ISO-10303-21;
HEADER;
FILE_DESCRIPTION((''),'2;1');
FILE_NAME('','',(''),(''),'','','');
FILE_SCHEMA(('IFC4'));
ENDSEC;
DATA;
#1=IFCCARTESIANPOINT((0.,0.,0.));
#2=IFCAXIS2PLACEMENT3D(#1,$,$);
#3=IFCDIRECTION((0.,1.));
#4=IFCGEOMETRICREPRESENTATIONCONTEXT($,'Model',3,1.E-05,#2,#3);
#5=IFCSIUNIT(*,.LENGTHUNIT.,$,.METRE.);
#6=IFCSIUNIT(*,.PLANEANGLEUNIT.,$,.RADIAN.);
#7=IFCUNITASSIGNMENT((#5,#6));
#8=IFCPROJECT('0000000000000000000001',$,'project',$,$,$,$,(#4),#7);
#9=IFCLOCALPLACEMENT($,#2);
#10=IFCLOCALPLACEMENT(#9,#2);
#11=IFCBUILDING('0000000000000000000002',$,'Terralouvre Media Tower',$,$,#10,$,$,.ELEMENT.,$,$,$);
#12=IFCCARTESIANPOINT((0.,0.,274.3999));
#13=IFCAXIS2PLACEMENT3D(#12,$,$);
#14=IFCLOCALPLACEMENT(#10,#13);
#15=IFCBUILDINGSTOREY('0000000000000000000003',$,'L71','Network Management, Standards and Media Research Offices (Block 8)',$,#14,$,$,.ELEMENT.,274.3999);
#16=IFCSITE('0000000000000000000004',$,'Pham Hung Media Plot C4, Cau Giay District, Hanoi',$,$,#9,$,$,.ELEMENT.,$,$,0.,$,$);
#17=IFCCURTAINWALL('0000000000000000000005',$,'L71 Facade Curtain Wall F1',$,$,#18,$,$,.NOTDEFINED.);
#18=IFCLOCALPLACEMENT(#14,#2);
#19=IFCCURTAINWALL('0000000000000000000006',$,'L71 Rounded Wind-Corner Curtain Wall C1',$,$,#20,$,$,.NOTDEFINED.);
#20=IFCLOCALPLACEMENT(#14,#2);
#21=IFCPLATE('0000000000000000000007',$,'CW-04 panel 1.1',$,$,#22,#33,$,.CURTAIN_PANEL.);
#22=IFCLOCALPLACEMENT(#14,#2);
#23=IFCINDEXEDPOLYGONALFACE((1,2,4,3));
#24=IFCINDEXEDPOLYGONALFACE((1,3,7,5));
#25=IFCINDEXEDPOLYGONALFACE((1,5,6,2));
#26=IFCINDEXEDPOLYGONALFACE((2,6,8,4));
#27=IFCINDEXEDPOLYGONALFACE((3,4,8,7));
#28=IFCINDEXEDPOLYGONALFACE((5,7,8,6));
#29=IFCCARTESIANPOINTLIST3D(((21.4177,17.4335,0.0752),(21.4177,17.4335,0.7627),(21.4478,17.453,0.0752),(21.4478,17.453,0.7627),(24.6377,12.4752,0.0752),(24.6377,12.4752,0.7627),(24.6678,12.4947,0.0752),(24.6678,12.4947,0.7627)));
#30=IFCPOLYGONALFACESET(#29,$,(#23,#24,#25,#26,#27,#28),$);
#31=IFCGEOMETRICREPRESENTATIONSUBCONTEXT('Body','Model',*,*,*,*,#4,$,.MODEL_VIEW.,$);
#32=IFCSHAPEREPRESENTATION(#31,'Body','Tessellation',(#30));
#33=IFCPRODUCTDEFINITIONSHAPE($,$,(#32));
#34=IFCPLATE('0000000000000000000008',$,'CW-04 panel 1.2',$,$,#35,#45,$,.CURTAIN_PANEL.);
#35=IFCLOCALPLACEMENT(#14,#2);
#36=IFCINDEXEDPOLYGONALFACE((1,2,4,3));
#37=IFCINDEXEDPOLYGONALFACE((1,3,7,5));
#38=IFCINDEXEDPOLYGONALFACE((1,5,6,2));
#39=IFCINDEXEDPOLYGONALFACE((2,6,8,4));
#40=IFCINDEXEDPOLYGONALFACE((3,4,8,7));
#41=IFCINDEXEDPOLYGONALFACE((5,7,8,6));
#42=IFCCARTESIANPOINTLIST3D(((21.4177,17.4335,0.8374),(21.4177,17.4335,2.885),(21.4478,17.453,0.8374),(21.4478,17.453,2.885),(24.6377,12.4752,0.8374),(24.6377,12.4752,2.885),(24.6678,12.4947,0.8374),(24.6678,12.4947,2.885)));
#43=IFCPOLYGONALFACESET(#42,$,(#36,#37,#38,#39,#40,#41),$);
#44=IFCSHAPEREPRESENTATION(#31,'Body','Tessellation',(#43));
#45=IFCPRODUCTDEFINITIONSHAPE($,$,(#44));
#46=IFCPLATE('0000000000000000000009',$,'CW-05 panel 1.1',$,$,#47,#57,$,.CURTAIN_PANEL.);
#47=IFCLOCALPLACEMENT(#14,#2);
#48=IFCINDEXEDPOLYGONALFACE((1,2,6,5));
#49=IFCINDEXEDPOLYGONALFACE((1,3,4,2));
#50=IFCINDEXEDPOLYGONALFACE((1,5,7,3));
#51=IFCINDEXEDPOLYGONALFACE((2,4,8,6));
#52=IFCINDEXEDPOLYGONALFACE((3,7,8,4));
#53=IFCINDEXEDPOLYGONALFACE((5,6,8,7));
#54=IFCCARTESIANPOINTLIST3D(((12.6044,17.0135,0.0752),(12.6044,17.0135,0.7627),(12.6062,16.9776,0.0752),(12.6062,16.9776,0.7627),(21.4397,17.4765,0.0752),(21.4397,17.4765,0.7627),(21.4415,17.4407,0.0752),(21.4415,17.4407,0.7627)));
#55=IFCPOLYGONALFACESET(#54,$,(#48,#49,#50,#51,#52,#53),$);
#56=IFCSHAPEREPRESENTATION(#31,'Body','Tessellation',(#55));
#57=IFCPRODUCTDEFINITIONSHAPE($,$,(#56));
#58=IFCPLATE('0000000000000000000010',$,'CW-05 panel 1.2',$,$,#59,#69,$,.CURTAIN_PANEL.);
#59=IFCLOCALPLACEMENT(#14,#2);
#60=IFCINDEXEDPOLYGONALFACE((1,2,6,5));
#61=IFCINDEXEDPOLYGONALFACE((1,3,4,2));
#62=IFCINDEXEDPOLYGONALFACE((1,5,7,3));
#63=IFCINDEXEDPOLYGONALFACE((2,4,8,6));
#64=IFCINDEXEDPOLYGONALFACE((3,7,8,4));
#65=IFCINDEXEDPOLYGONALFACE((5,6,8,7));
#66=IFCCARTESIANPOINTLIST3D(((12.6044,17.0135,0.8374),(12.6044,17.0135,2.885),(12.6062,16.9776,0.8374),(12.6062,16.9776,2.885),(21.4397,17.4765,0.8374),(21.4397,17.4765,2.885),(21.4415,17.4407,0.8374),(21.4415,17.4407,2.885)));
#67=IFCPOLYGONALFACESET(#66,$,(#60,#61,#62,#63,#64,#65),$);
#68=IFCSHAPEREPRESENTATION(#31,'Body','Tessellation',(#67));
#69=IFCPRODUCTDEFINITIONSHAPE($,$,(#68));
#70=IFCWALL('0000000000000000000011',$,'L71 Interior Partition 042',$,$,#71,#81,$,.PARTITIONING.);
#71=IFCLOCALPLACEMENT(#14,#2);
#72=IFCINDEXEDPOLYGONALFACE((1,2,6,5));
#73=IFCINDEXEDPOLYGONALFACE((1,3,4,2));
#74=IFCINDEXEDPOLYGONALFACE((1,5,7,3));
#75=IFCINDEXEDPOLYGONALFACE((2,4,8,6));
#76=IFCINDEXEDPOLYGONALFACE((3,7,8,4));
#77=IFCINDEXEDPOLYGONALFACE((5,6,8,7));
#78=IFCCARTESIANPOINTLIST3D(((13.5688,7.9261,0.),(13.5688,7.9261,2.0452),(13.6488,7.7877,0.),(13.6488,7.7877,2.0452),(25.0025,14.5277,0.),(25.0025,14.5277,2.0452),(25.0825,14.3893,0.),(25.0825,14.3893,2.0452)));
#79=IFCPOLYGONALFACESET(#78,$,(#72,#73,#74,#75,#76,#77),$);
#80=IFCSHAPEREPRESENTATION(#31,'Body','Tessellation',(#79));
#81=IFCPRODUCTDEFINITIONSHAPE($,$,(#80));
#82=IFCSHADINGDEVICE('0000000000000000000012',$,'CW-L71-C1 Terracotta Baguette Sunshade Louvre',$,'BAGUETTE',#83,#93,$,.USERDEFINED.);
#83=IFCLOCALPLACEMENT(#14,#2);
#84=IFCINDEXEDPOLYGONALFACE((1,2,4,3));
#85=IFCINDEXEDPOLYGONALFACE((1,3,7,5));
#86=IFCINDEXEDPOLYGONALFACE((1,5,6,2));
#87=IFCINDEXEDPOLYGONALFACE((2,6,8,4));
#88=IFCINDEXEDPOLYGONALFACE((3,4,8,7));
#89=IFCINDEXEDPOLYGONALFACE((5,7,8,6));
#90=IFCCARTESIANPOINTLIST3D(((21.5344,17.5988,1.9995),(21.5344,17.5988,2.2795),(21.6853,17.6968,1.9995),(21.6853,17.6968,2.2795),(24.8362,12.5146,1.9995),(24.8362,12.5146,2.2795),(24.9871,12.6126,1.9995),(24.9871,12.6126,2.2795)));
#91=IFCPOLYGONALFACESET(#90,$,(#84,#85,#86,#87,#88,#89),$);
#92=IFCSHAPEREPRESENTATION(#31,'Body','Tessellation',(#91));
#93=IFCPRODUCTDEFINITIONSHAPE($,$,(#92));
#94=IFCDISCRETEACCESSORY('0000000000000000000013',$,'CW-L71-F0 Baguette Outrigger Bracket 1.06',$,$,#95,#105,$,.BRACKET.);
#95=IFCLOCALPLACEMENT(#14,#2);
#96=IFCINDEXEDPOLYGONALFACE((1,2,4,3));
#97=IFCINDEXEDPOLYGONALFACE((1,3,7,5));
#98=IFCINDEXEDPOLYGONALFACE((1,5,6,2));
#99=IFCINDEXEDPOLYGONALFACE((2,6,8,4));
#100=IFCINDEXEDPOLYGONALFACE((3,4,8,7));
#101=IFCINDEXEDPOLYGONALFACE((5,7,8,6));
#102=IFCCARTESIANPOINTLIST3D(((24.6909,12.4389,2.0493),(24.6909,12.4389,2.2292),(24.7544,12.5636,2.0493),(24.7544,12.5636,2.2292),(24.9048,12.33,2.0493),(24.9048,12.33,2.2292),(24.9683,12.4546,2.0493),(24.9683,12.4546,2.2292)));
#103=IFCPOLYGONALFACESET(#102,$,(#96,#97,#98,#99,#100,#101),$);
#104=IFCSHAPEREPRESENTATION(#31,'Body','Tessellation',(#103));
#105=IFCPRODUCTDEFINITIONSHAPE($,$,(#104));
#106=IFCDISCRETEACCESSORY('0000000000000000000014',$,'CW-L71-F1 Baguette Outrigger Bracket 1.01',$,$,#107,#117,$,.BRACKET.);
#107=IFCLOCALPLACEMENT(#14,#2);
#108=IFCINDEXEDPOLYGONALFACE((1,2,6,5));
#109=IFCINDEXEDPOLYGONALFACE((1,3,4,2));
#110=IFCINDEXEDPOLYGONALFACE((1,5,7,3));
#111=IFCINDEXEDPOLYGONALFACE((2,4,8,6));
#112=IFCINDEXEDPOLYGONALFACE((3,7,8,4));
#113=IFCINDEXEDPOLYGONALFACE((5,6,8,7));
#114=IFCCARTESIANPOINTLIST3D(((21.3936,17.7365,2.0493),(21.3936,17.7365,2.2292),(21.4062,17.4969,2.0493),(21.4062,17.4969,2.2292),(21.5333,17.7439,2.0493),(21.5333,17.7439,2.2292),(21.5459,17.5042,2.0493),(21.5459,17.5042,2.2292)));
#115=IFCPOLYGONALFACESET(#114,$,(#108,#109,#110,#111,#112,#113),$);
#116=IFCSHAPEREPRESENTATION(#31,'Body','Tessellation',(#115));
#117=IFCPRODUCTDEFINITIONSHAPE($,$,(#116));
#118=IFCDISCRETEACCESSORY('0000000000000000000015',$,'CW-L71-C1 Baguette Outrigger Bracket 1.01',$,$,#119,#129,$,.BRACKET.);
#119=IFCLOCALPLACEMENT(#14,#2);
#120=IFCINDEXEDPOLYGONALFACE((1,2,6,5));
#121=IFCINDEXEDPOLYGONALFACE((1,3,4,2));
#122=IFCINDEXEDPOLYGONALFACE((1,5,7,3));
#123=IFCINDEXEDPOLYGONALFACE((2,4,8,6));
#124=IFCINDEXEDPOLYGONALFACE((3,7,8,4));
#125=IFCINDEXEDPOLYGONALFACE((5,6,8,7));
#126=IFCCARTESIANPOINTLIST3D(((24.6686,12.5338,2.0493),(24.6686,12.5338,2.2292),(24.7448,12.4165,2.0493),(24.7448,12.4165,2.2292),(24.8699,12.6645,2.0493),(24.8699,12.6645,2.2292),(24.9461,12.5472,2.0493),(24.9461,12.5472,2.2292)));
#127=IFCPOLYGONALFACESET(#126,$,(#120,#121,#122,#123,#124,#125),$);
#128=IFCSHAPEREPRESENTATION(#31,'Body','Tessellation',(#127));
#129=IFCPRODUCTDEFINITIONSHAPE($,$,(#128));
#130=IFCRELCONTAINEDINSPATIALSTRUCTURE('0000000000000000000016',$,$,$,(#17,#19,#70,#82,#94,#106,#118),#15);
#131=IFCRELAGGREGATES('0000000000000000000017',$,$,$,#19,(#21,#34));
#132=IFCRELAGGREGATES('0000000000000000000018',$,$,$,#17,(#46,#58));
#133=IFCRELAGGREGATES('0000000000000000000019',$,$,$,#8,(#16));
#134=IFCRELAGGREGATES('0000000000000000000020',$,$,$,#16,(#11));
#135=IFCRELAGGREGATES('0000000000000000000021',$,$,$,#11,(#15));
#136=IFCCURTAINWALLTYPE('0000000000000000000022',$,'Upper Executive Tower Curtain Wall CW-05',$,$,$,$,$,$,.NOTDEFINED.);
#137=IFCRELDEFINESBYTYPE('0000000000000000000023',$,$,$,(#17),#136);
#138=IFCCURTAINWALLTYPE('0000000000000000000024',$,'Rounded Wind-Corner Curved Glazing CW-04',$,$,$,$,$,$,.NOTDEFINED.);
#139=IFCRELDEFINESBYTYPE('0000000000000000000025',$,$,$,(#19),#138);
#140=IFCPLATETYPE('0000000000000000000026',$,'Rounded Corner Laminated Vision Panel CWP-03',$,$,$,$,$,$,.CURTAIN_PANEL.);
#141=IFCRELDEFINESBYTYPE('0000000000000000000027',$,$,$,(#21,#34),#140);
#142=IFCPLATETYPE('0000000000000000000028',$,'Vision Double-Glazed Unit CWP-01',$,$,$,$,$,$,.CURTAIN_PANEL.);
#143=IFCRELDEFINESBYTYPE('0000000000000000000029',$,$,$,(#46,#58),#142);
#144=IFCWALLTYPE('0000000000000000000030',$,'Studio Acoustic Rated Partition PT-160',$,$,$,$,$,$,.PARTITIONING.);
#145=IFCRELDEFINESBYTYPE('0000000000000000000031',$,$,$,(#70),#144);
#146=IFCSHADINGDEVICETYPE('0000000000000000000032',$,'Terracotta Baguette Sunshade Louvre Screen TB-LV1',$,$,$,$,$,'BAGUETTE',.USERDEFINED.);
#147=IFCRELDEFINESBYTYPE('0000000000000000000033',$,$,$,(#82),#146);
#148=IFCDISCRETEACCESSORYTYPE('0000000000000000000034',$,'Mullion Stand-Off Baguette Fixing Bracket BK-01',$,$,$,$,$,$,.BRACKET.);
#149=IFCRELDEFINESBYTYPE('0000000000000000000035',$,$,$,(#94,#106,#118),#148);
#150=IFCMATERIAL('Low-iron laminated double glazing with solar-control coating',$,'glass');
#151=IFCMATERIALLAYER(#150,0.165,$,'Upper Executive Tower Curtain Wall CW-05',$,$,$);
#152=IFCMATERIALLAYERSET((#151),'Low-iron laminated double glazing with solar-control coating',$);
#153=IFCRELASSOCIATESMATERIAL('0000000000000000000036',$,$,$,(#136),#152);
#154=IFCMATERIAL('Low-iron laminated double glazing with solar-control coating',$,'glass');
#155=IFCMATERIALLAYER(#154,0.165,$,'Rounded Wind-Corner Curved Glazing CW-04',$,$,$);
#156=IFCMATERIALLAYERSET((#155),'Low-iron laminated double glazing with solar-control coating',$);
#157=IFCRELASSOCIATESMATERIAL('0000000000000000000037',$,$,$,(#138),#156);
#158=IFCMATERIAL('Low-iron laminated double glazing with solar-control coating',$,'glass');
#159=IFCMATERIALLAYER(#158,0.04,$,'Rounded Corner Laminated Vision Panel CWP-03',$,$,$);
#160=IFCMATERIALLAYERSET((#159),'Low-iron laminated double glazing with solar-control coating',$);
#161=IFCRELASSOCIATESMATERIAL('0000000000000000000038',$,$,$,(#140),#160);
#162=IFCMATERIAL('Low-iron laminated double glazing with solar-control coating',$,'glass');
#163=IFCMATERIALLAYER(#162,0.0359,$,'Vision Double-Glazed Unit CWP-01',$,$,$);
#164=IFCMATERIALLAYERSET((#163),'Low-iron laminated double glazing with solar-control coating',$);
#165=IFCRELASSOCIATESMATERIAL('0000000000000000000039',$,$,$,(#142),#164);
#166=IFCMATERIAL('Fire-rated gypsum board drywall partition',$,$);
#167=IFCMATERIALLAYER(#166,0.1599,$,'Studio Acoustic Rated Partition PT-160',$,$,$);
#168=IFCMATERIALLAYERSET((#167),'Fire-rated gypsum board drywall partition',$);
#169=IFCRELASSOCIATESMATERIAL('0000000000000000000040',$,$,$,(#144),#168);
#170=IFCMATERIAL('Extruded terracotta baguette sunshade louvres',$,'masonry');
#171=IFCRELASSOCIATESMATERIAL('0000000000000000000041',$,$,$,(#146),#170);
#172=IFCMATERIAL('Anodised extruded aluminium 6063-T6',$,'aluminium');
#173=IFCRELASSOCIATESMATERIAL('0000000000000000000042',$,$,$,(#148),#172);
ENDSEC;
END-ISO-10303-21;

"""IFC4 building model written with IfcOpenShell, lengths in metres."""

from ifc_helpers import new_model, si_unit, direction, frame, frame_2d, origin, origin_2d, place, context, subcontext, project, spatial, rectangle, extrude, material, layer, layer_set, type_object, element, aggregate, save


model = new_model("IFC4")

# Units and contexts
model_context = context("Model", 3, precision=1e-05, world=origin(), true_north=direction((0.0, 1.0)))
body_context = subcontext(model_context, "Body", "Model", "MODEL_VIEW")
ifc_project = project(units=[si_unit("LENGTHUNIT", "METRE"), si_unit("PLANEANGLEUNIT", "RADIAN")], contexts=[model_context])

# Site, building, storey
site_placement = place(None, origin())
site = spatial("IfcSite", under=ifc_project, at=site_placement, Name="Pham Hung Media Plot C4, Cau Giay District, Hanoi", CompositionType="ELEMENT", RefElevation=0.0)
building_placement = place(site_placement, origin())
building = spatial("IfcBuilding", under=site, at=building_placement, Name="Terralouvre Media Tower", CompositionType="ELEMENT")
storey_placement = place(building_placement, frame((0.0, 0.0, 274.3999)))
storey = spatial("IfcBuildingStorey", under=building, at=storey_placement, Name="L71", Description="Network Management, Standards and Media Research Offices (Block 8)", CompositionType="ELEMENT", Elevation=274.3999)

# Curtain walls
ifc_material_1 = material(Name="Low-iron laminated double glazing with solar-control coating", Category="glass")
ifc_layer_1 = layer(ifc_material_1, 0.165, Name="Upper Executive Tower Curtain Wall CW-05")
ifc_layer_set_1 = layer_set([ifc_layer_1], Name="Low-iron laminated double glazing with solar-control coating")
curtain_wall_type_1 = type_object("IfcCurtainWallType", Name="Upper Executive Tower Curtain Wall CW-05", PredefinedType="NOTDEFINED", material=ifc_layer_set_1)
curtain_wall_1_placement = place(storey_placement, origin())
curtain_wall_1 = element("IfcCurtainWall", 1, at=curtain_wall_1_placement, inside=storey, type_object=curtain_wall_type_1, Name="L71 Facade Curtain Wall F1", PredefinedType="NOTDEFINED")
ifc_material_2 = material(Name="Low-iron laminated double glazing with solar-control coating", Category="glass")
ifc_layer_2 = layer(ifc_material_2, 0.165, Name="Rounded Wind-Corner Curved Glazing CW-04")
ifc_layer_set_2 = layer_set([ifc_layer_2], Name="Low-iron laminated double glazing with solar-control coating")
curtain_wall_type_2 = type_object("IfcCurtainWallType", Name="Rounded Wind-Corner Curved Glazing CW-04", PredefinedType="NOTDEFINED", material=ifc_layer_set_2)
curtain_wall_2_placement = place(storey_placement, origin())
curtain_wall_2 = element("IfcCurtainWall", 2, at=curtain_wall_2_placement, inside=storey, type_object=curtain_wall_type_2, Name="L71 Rounded Wind-Corner Curtain Wall C1", PredefinedType="NOTDEFINED")

# Plates
ifc_material_3 = material(Name="Low-iron laminated double glazing with solar-control coating", Category="glass")
ifc_layer_3 = layer(ifc_material_3, 0.04, Name="Rounded Corner Laminated Vision Panel CWP-03")
ifc_layer_set_3 = layer_set([ifc_layer_3], Name="Low-iron laminated double glazing with solar-control coating")
plate_type_1 = type_object("IfcPlateType", Name="Rounded Corner Laminated Vision Panel CWP-03", PredefinedType="CURTAIN_PANEL", material=ifc_layer_set_3)
plate_1_placement = place(storey_placement, frame((23.0427, 14.9641, 0.0752), z_axis=(0.0, 0.0, 1.0), x_axis=(-0.544639, 0.83867, 0.0)))
plate_1 = element("IfcPlate", 3, at=plate_1_placement, type_object=plate_type_1, Name="CW-04 panel 1.1", PredefinedType="CURTAIN_PANEL", context=body_context, shape_type="SweptSolid", body=[
    extrude(rectangle(XDim=5.9121, YDim=0.0359, at=origin_2d()), origin(), (0.0, 0.0, 1.0), 0.6875),
])
plate_2_placement = place(storey_placement, frame((23.0427, 14.9641, 0.8374), z_axis=(0.0, 0.0, 1.0), x_axis=(-0.544639, 0.83867, 0.0)))
plate_2 = element("IfcPlate", 4, at=plate_2_placement, type_object=plate_type_1, Name="CW-04 panel 1.2", PredefinedType="CURTAIN_PANEL", context=body_context, shape_type="SweptSolid", body=[
    extrude(rectangle(XDim=5.9121, YDim=0.0359, at=origin_2d()), origin(), (0.0, 0.0, 1.0), 2.0476),
])
aggregate(curtain_wall_2, [plate_1, plate_2])
ifc_material_4 = material(Name="Low-iron laminated double glazing with solar-control coating", Category="glass")
ifc_layer_4 = layer(ifc_material_4, 0.0359, Name="Vision Double-Glazed Unit CWP-01")
ifc_layer_set_4 = layer_set([ifc_layer_4], Name="Low-iron laminated double glazing with solar-control coating")
plate_type_2 = type_object("IfcPlateType", Name="Vision Double-Glazed Unit CWP-01", PredefinedType="CURTAIN_PANEL", material=ifc_layer_set_4)
plate_3_placement = place(storey_placement, frame((17.0229, 17.2271, 0.0752), z_axis=(0.0, 0.0, 1.0), x_axis=(-0.99863, -0.052336, 0.0)))
plate_3 = element("IfcPlate", 5, at=plate_3_placement, type_object=plate_type_2, Name="CW-05 panel 1.1", PredefinedType="CURTAIN_PANEL", context=body_context, shape_type="SweptSolid", body=[
    extrude(rectangle(XDim=8.8474, YDim=0.0359, at=origin_2d()), origin(), (0.0, 0.0, 1.0), 0.6875),
])
plate_4_placement = place(storey_placement, frame((17.0229, 17.2271, 0.8374), z_axis=(0.0, 0.0, 1.0), x_axis=(-0.99863, -0.052336, 0.0)))
plate_4 = element("IfcPlate", 6, at=plate_4_placement, type_object=plate_type_2, Name="CW-05 panel 1.2", PredefinedType="CURTAIN_PANEL", context=body_context, shape_type="SweptSolid", body=[
    extrude(rectangle(XDim=8.8474, YDim=0.0359, at=origin_2d()), origin(), (0.0, 0.0, 1.0), 2.0476),
])
aggregate(curtain_wall_1, [plate_3, plate_4])

# Wall
ifc_material_5 = material(Name="Fire-rated gypsum board drywall partition")
ifc_layer_5 = layer(ifc_material_5, 0.1599, Name="Studio Acoustic Rated Partition PT-160")
ifc_layer_set_5 = layer_set([ifc_layer_5], Name="Fire-rated gypsum board drywall partition")
wall_type = type_object("IfcWallType", Name="Studio Acoustic Rated Partition PT-160", PredefinedType="PARTITIONING", material=ifc_layer_set_5)
wall_placement = place(storey_placement, frame((25.0425, 14.4585, 0.0), z_axis=(0.0, 0.0, 1.0), x_axis=(-0.866013, -0.500021, 0.0)))
element("IfcWall", 7, at=wall_placement, inside=storey, type_object=wall_type, Name="L71 Interior Partition 042", PredefinedType="PARTITIONING", context=body_context, shape_type="SweptSolid", body=[
    extrude(rectangle(XDim=13.2026, YDim=0.1599, at=frame_2d((6.6013, 0.0))), origin(), (0.0, 0.0, 1.0), 2.0452),
])

# Shading device
ifc_material_6 = material(Name="Extruded terracotta baguette sunshade louvres", Category="masonry")
shading_device_type = type_object("IfcShadingDeviceType", Name="Terracotta Baguette Sunshade Louvre Screen TB-LV1", ElementType="BAGUETTE", PredefinedType="USERDEFINED", material=ifc_material_6)
shading_device_placement = place(storey_placement, frame((23.2607, 15.1057, 1.9995), z_axis=(0.0, 0.0, 1.0), x_axis=(-0.544639, 0.83867, 0.0)))
element("IfcShadingDevice", 8, at=shading_device_placement, inside=storey, type_object=shading_device_type, Name="CW-L71-C1 Terracotta Baguette Sunshade Louvre", ObjectType="BAGUETTE", PredefinedType="USERDEFINED", context=body_context, shape_type="SweptSolid", body=[
    extrude(rectangle(XDim=6.0623, YDim=0.1799, at=origin_2d()), origin(), (0.0, 0.0, 1.0), 0.28),
])

# Discrete accessories
ifc_material_7 = material(Name="Anodised extruded aluminium 6063-T6", Category="aluminium")
discrete_accessory_type = type_object("IfcDiscreteAccessoryType", Name="Mullion Stand-Off Baguette Fixing Bracket BK-01", PredefinedType="BRACKET", material=ifc_material_7)
for number, where, z_axis, x_axis, name in (
    (9, (24.8296, 12.4468, 2.0493), (0.0, 0.0, 1.0), (0.45399, 0.891007, 0.0), "CW-L71-F0 Baguette Outrigger Bracket 1.06"),
    (10, (21.4697, 17.6204, 2.0493), (0.0, 0.0, 1.0), (-0.99863, -0.052336, 0.0), "CW-L71-F1 Baguette Outrigger Bracket 1.01"),
    (11, (24.8074, 12.5405, 2.0493), (0.0, 0.0, 1.0), (-0.544639, 0.83867, 0.0), "CW-L71-C1 Baguette Outrigger Bracket 1.01"),
):
    element("IfcDiscreteAccessory", number, at=place(storey_placement, frame(where, z_axis=z_axis, x_axis=x_axis)), inside=storey, type_object=discrete_accessory_type, Name=name, PredefinedType="BRACKET", context=body_context, shape_type="SweptSolid", body=[
        extrude(rectangle(XDim=0.1399, YDim=0.24, at=origin_2d()), origin(), (0.0, 0.0, 1.0), 0.1799),
    ])

save(model, "model.ifc")
